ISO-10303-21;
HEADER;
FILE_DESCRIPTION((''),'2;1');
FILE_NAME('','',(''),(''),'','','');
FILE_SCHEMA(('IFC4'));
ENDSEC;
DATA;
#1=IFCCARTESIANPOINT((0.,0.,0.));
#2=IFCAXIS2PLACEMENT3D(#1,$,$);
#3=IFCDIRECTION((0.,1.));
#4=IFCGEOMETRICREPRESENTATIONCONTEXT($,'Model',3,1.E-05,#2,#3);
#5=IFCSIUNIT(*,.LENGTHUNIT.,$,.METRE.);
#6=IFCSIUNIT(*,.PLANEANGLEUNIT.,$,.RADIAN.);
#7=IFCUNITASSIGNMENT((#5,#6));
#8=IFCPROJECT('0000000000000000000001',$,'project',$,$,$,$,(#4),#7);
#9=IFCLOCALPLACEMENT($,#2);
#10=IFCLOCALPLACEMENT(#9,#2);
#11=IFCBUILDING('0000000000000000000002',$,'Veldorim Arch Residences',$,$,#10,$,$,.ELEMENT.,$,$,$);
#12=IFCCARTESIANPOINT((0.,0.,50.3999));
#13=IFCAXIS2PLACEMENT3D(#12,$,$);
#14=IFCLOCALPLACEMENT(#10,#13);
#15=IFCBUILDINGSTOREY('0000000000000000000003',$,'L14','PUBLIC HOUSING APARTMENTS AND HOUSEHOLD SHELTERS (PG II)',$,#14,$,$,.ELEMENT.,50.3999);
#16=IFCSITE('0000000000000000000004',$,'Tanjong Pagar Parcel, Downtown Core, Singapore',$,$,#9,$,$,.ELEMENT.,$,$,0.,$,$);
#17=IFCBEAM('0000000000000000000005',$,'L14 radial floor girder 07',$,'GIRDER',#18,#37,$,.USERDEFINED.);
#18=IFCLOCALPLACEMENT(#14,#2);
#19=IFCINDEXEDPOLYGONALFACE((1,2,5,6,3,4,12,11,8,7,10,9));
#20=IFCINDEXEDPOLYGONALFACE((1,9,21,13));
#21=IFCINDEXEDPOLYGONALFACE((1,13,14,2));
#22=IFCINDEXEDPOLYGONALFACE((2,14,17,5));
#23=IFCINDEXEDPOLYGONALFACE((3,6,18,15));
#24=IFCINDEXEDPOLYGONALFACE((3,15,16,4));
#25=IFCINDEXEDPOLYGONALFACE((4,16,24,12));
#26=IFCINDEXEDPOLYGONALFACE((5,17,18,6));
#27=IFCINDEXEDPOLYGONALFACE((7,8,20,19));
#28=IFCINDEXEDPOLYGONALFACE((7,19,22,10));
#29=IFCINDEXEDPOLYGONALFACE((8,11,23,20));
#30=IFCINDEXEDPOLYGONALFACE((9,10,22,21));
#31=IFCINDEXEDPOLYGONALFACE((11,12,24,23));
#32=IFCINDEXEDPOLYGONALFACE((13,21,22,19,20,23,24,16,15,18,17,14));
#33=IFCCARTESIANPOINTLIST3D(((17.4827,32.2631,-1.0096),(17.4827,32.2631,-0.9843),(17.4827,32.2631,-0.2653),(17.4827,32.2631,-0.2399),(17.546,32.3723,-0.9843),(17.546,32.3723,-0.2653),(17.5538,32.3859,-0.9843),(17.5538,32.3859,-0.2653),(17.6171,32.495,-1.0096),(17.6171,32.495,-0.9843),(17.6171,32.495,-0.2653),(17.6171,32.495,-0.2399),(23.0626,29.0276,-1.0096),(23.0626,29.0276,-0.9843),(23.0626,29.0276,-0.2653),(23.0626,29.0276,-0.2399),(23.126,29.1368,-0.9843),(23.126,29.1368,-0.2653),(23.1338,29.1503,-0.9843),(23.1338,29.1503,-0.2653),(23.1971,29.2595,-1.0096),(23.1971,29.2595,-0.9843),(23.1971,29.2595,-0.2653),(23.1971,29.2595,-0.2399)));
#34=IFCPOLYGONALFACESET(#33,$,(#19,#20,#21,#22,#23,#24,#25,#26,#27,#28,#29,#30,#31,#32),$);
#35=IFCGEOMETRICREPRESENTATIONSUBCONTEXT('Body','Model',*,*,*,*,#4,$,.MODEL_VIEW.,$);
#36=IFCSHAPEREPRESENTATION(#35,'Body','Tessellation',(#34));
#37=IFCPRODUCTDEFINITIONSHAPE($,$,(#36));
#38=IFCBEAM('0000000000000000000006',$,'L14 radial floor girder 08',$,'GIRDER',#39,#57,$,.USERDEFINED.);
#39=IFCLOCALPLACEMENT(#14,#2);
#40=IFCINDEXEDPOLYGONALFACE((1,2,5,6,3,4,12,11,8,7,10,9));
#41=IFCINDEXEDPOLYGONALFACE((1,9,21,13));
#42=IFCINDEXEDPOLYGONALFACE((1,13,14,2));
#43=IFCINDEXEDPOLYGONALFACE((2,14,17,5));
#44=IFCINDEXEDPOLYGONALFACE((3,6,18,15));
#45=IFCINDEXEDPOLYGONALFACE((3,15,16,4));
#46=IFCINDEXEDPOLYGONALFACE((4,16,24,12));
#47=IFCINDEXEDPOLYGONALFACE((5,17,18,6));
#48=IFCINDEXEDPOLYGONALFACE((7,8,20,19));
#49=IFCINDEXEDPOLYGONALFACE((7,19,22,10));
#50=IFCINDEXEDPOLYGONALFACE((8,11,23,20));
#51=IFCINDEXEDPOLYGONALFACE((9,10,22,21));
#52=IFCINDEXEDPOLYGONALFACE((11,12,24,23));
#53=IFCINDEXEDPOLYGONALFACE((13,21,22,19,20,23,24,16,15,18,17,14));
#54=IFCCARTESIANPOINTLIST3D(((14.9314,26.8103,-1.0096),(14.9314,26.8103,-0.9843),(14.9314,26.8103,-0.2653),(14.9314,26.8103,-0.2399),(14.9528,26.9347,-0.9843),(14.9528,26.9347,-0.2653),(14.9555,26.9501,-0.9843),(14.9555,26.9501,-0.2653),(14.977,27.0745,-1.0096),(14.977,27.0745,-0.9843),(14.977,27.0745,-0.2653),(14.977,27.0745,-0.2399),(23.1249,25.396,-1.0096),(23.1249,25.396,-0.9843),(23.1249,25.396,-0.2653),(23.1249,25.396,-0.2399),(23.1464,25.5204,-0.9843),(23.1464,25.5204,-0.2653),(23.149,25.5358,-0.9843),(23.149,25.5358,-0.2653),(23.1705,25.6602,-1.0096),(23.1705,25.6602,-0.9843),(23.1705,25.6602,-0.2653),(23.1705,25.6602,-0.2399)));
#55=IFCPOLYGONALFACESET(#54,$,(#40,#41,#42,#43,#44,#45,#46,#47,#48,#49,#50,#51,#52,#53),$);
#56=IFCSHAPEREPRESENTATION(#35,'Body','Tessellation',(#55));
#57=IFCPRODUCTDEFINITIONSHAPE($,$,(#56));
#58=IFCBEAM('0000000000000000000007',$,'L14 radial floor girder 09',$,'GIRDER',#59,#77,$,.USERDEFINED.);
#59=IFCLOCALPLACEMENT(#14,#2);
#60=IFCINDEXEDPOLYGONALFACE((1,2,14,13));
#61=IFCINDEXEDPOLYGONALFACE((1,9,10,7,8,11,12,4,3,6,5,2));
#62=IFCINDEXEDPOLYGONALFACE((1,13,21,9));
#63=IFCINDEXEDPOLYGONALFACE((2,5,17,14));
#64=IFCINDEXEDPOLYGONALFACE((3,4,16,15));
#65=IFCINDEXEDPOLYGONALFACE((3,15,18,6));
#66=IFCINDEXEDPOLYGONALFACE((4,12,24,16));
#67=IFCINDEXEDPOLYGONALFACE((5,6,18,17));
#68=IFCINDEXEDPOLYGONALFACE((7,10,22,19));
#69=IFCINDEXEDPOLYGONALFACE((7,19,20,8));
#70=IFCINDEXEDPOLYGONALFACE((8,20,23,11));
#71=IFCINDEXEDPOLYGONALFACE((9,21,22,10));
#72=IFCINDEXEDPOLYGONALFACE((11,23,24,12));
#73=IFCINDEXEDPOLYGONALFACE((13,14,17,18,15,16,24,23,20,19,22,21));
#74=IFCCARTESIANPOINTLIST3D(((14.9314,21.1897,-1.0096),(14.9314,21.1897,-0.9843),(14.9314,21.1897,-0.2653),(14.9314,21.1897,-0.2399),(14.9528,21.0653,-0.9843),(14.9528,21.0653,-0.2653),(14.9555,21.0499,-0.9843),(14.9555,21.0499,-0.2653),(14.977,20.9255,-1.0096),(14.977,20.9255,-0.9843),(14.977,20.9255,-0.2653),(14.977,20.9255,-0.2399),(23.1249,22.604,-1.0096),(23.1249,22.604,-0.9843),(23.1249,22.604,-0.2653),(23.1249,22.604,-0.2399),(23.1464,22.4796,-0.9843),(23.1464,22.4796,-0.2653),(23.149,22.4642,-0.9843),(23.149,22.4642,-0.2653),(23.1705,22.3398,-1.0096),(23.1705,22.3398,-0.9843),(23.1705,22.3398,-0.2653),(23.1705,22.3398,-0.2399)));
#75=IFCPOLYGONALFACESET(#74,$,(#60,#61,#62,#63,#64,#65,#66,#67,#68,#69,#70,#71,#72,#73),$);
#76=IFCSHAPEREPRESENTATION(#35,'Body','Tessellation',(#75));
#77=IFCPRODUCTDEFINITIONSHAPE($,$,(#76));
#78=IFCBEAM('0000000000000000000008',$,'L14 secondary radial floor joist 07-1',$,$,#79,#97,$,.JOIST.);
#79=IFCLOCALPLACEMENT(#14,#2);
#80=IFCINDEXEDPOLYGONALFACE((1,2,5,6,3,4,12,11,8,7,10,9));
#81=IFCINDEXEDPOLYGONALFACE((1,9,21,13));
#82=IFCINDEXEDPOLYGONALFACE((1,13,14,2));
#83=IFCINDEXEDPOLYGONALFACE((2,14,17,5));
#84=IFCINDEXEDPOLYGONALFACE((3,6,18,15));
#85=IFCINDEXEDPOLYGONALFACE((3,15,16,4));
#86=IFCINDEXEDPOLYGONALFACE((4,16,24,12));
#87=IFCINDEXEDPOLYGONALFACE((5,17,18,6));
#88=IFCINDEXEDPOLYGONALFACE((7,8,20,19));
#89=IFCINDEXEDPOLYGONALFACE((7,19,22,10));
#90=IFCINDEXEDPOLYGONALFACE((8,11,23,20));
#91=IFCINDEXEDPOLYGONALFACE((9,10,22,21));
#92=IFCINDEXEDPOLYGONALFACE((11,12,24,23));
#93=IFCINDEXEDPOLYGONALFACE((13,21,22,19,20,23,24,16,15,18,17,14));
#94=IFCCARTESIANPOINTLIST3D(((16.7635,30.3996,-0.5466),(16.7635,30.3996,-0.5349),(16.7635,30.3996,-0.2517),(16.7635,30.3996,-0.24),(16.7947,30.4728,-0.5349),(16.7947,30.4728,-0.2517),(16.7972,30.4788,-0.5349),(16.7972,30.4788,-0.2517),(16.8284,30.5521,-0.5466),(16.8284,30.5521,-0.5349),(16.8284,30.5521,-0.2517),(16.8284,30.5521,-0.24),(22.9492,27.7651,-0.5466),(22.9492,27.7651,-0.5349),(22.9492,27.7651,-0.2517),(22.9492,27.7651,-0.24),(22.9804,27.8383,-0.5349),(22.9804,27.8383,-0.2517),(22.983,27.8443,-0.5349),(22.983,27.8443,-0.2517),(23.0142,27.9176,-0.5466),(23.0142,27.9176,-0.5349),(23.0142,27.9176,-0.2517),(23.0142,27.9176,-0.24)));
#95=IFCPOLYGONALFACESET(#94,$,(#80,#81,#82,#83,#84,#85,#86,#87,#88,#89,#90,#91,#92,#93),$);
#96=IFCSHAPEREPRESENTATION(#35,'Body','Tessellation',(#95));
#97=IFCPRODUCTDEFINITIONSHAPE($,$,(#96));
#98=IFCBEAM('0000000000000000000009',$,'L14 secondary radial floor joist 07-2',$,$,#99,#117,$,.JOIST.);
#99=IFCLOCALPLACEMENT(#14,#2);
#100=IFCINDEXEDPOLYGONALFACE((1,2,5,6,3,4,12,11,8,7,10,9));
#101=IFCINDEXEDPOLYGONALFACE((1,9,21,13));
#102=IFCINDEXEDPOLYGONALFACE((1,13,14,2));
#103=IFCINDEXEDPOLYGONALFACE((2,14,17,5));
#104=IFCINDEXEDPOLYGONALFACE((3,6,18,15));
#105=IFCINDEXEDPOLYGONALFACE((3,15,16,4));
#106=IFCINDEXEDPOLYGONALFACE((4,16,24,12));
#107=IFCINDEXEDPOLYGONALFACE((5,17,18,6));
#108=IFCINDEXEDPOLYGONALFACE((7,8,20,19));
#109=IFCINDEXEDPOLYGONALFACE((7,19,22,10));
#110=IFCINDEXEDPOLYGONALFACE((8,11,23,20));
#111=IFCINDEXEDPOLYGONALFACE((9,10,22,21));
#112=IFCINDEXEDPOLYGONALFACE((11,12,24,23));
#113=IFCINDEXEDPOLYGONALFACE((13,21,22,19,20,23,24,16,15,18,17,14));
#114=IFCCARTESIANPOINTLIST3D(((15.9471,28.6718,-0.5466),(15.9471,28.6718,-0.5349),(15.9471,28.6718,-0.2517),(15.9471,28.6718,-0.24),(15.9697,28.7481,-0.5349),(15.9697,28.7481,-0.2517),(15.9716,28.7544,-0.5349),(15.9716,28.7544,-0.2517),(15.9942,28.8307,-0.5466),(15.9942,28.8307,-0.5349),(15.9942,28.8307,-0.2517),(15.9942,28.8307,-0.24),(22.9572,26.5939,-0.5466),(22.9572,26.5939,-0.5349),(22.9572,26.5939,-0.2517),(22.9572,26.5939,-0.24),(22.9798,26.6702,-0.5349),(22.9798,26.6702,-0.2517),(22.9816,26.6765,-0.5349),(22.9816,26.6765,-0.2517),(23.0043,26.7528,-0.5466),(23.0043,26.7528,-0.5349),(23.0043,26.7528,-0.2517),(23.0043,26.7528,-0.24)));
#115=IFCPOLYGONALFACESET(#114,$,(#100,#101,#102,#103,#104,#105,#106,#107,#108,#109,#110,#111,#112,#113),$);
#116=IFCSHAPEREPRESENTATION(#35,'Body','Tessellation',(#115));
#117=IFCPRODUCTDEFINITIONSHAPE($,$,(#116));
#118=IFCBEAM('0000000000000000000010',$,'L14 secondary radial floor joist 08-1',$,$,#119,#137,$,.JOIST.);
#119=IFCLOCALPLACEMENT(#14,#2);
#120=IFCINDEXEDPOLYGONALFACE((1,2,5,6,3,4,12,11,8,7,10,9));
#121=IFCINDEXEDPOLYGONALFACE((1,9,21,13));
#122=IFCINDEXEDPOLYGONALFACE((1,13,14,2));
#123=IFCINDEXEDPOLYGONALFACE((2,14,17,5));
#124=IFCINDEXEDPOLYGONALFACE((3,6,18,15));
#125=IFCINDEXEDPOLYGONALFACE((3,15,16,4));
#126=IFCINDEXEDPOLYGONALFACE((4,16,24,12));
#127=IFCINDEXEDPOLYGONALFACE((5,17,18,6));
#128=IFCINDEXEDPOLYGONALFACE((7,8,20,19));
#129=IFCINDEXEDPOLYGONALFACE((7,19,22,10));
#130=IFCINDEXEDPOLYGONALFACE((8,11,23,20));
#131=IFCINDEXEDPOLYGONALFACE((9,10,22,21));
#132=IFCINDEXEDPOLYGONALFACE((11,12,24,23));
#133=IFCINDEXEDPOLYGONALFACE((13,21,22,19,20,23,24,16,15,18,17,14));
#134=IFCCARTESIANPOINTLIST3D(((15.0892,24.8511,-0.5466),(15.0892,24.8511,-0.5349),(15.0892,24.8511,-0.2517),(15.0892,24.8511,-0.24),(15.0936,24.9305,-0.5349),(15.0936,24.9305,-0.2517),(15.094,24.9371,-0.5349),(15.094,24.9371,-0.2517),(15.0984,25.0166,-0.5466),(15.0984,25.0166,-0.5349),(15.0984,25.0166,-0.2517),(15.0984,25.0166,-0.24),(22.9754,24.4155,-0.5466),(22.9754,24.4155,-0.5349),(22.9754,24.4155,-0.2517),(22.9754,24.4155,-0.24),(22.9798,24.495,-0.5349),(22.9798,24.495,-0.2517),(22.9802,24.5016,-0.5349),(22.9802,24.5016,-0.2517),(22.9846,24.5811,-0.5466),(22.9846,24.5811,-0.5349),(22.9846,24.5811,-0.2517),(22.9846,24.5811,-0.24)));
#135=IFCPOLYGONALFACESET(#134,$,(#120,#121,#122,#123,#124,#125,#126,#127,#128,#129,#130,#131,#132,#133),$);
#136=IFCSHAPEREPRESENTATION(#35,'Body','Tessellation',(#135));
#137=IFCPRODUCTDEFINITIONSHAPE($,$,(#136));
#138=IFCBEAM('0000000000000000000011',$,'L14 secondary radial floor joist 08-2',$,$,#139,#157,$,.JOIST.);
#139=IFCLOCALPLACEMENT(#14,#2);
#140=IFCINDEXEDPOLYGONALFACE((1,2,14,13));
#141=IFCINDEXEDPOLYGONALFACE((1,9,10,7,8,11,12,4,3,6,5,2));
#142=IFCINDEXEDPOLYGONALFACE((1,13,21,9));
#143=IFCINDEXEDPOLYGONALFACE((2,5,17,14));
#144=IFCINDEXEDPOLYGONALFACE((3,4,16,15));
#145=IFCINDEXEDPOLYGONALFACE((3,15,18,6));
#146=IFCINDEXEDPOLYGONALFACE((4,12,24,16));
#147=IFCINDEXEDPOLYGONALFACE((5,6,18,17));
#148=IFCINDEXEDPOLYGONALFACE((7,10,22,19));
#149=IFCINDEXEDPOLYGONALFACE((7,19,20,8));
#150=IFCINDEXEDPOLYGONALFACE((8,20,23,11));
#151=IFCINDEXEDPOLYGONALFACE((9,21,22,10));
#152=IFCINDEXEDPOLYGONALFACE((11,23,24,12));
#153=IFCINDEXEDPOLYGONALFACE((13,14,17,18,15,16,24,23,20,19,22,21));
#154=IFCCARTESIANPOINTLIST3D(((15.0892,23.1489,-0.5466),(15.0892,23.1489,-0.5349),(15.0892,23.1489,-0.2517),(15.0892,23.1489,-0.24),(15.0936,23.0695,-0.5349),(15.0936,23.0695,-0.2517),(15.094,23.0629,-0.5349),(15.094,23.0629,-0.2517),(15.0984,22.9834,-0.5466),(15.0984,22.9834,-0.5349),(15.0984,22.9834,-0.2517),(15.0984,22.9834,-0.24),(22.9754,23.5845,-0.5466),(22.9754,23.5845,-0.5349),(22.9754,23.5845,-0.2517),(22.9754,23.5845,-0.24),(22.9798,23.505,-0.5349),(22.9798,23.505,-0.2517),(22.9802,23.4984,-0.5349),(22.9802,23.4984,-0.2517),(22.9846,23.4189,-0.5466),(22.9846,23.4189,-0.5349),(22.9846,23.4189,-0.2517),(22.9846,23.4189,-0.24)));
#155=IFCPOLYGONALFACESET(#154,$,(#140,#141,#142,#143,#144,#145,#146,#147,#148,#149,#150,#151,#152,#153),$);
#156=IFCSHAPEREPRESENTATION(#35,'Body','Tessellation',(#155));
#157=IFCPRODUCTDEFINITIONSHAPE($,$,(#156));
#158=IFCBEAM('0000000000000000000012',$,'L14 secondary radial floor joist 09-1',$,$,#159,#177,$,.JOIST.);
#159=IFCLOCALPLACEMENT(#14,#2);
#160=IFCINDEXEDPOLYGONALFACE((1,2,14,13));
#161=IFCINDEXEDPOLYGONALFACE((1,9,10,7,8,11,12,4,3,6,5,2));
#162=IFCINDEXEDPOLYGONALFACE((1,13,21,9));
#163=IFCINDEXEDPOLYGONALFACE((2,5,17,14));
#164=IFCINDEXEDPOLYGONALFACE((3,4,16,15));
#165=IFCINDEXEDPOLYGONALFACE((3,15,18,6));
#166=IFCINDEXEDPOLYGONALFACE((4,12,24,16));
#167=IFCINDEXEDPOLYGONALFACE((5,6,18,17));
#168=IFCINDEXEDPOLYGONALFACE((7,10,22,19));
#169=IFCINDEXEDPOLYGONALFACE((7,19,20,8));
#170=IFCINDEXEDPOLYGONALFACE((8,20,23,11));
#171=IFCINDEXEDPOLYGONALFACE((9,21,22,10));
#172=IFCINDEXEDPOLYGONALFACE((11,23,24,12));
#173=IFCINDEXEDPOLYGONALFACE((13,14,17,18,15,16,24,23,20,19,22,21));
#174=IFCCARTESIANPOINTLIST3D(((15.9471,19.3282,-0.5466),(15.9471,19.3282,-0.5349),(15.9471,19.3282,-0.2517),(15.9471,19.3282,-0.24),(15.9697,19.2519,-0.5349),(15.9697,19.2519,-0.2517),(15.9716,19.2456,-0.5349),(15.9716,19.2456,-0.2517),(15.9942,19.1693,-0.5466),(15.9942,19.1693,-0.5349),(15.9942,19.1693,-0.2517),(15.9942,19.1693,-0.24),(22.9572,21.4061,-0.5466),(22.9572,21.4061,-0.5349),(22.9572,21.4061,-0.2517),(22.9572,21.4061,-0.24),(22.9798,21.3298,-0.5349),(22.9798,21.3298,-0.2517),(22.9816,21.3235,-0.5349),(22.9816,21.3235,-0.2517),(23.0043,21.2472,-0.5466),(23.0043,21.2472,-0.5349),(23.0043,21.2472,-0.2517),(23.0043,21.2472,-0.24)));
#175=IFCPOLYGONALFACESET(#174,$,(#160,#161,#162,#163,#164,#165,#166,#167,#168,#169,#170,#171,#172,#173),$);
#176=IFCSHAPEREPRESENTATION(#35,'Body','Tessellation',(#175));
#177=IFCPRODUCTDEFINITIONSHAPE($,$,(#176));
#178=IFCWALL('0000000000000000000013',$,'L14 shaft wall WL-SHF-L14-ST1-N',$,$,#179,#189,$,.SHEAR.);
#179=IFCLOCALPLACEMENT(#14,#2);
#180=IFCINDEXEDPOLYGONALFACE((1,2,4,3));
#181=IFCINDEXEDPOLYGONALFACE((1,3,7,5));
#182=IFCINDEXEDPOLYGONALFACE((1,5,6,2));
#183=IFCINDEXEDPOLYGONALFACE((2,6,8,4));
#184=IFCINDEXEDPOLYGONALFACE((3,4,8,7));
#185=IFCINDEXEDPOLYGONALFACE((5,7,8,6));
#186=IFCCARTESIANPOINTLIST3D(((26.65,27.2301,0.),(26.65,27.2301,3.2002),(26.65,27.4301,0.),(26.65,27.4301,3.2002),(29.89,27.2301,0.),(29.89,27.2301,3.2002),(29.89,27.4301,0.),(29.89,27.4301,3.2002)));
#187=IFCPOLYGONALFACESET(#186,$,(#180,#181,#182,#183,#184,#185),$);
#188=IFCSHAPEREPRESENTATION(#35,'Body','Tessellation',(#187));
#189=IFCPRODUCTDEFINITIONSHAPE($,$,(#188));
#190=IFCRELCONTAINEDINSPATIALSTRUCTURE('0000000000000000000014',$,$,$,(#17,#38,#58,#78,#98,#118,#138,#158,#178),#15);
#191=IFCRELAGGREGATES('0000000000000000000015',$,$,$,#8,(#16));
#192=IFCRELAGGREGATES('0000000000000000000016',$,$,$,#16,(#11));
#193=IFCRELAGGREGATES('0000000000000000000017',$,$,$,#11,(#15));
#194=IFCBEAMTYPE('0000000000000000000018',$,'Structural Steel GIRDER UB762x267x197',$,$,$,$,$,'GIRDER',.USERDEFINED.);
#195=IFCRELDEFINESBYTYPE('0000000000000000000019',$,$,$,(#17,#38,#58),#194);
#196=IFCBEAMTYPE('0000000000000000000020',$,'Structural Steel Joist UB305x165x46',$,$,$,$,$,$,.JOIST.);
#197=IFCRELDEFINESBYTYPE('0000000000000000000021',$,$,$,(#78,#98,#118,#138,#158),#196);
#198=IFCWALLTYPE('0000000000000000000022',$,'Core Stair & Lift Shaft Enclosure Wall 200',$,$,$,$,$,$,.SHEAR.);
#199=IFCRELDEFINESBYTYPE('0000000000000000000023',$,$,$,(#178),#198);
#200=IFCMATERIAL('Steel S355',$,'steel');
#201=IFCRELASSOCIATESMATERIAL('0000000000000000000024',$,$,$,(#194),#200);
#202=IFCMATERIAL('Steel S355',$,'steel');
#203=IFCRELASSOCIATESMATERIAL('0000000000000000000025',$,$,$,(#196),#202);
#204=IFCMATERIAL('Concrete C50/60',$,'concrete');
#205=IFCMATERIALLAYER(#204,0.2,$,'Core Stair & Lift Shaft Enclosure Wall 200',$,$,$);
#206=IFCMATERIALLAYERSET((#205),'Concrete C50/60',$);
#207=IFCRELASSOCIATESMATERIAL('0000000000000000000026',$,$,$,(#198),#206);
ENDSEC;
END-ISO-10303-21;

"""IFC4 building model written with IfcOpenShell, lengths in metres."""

from ifc_helpers import new_model, si_unit, direction, frame, frame_2d, origin, origin_2d, place, context, subcontext, project, spatial, rectangle, i_section, extrude, material, layer, layer_set, material_profile, profile_set, type_object, element, save


model = new_model("IFC4")

# Units and contexts
model_context = context("Model", 3, precision=1e-05, world=origin(), true_north=direction((0.0, 1.0)))
body_context = subcontext(model_context, "Body", "Model", "MODEL_VIEW")
ifc_project = project(units=[si_unit("LENGTHUNIT", "METRE"), si_unit("PLANEANGLEUNIT", "RADIAN")], contexts=[model_context])

# Site, building, storey
site_placement = place(None, origin())
site = spatial("IfcSite", under=ifc_project, at=site_placement, Name="Tanjong Pagar Parcel, Downtown Core, Singapore", CompositionType="ELEMENT", RefElevation=0.0)
building_placement = place(site_placement, origin())
building = spatial("IfcBuilding", under=site, at=building_placement, Name="Veldorim Arch Residences", CompositionType="ELEMENT")
storey_placement = place(building_placement, frame((0.0, 0.0, 50.3999)))
storey = spatial("IfcBuildingStorey", under=building, at=storey_placement, Name="L14", Description="PUBLIC HOUSING APARTMENTS AND HOUSEHOLD SHELTERS (PG II)", CompositionType="ELEMENT", Elevation=50.3999)

# Beams
ifc_material_1 = material(Name="Steel S355", Category="steel")
ifc_material_profile_1 = material_profile(ifc_material_1, i_section(OverallWidth=0.2681, OverallDepth=0.7698, WebThickness=0.0156, FlangeThickness=0.0254, at=origin_2d()), Name="UB762x267x197")
ifc_profile_set_1 = profile_set([ifc_material_profile_1], Name="Steel S355")
beam_type_1 = type_object("IfcBeamType", Name="Structural Steel GIRDER UB762x267x197", ElementType="GIRDER", PredefinedType="USERDEFINED", material=ifc_profile_set_1)
beam_1_placement = place(storey_placement, frame((23.1299, 29.1436, -0.6248), z_axis=(-0.865088, 0.50162, 0.0), x_axis=(-0.50162, -0.865088, 0.0)))
element("IfcBeam", 1, at=beam_1_placement, inside=storey, type_object=beam_type_1, Name="L14 radial floor girder 07", ObjectType="GIRDER", PredefinedType="USERDEFINED", context=body_context, shape_type="SweptSolid", body=[
    extrude(i_section(OverallWidth=0.2681, OverallDepth=0.7698, WebThickness=0.0156, FlangeThickness=0.0254, at=origin_2d()), origin(), (0.0, 0.0, 1.0), 6.4502),
])
for number, where, z_axis, x_axis, name in (
    (2, (23.1477, 25.5281, -0.6248), (-0.985428, 0.170096, 0.0), (-0.170096, -0.985428, 0.0), "L14 radial floor girder 08"),
    (3, (23.1477, 22.4719, -0.6248), (-0.985428, -0.170096, 0.0), (0.170096, -0.985428, 0.0), "L14 radial floor girder 09"),
):
    element("IfcBeam", number, at=place(storey_placement, frame(where, z_axis=z_axis, x_axis=x_axis)), inside=storey, type_object=beam_type_1, Name=name, ObjectType="GIRDER", PredefinedType="USERDEFINED", context=body_context, shape_type="SweptSolid", body=[
        extrude(i_section(OverallWidth=0.2681, OverallDepth=0.7698, WebThickness=0.0156, FlangeThickness=0.0254, at=origin_2d()), origin(), (0.0, 0.0, 1.0), 8.3147),
    ])
ifc_material_2 = material(Name="Steel S355", Category="steel")
ifc_material_profile_2 = material_profile(ifc_material_2, i_section(OverallWidth=0.1658, OverallDepth=0.3066, WebThickness=0.0066, FlangeThickness=0.0117, at=origin_2d()), Name="UB305x165x46")
ifc_profile_set_2 = profile_set([ifc_material_profile_2], Name="Steel S355")
beam_type_2 = type_object("IfcBeamType", Name="Structural Steel Joist UB305x165x46", PredefinedType="JOIST", material=ifc_profile_set_2)
beam_2_placement = place(storey_placement, frame((22.9817, 27.8413, -0.3933), z_axis=(-0.920033, 0.391841, 0.0), x_axis=(-0.391841, -0.920033, 0.0)))
element("IfcBeam", 4, at=beam_2_placement, inside=storey, type_object=beam_type_2, Name="L14 secondary radial floor joist 07-1", PredefinedType="JOIST", context=body_context, shape_type="SweptSolid", body=[
    extrude(i_section(OverallWidth=0.1658, OverallDepth=0.3066, WebThickness=0.0066, FlangeThickness=0.0117, at=origin_2d()), origin(), (0.0, 0.0, 1.0), 6.7234),
])
beam_3_placement = place(storey_placement, frame((22.9807, 26.6733, -0.3933), z_axis=(-0.958767, 0.284194, 0.0), x_axis=(-0.284194, -0.958767, 0.0)))
element("IfcBeam", 5, at=beam_3_placement, inside=storey, type_object=beam_type_2, Name="L14 secondary radial floor joist 07-2", PredefinedType="JOIST", context=body_context, shape_type="SweptSolid", body=[
    extrude(i_section(OverallWidth=0.1658, OverallDepth=0.3066, WebThickness=0.0066, FlangeThickness=0.0117, at=origin_2d()), origin(), (0.0, 0.0, 1.0), 7.3115),
])
for number, where, z_axis, x_axis, name in (
    (6, (22.98, 24.4983, -0.3933), (-0.998478, 0.055145, 0.0), (-0.055145, -0.998478, 0.0), "L14 secondary radial floor joist 08-1"),
    (7, (22.98, 23.5017, -0.3933), (-0.998478, -0.055145, 0.0), (0.055145, -0.998478, 0.0), "L14 secondary radial floor joist 08-2"),
):
    element("IfcBeam", number, at=place(storey_placement, frame(where, z_axis=z_axis, x_axis=x_axis)), inside=storey, type_object=beam_type_2, Name=name, PredefinedType="JOIST", context=body_context, shape_type="SweptSolid", body=[
        extrude(i_section(OverallWidth=0.1658, OverallDepth=0.3066, WebThickness=0.0066, FlangeThickness=0.0117, at=origin_2d()), origin(), (0.0, 0.0, 1.0), 7.8982),
    ])
beam_4_placement = place(storey_placement, frame((22.9807, 21.3267, -0.3933), z_axis=(-0.958767, -0.284194, 0.0), x_axis=(0.284194, -0.958767, 0.0)))
element("IfcBeam", 8, at=beam_4_placement, inside=storey, type_object=beam_type_2, Name="L14 secondary radial floor joist 09-1", PredefinedType="JOIST", context=body_context, shape_type="SweptSolid", body=[
    extrude(i_section(OverallWidth=0.1658, OverallDepth=0.3066, WebThickness=0.0066, FlangeThickness=0.0117, at=origin_2d()), origin(), (0.0, 0.0, 1.0), 7.3115),
])

# Wall
ifc_material_3 = material(Name="Concrete C50/60", Category="concrete")
ifc_layer = layer(ifc_material_3, 0.2, Name="Core Stair & Lift Shaft Enclosure Wall 200")
ifc_layer_set = layer_set([ifc_layer], Name="Concrete C50/60")
wall_type = type_object("IfcWallType", Name="Core Stair & Lift Shaft Enclosure Wall 200", PredefinedType="SHEAR", material=ifc_layer_set)
wall_1_placement = place(storey_placement, frame((26.6499, 27.3301, 0.0), z_axis=(0.0, 0.0, 1.0), x_axis=(1.0, 0.0, 0.0)))
element("IfcWall", 9, at=wall_1_placement, inside=storey, type_object=wall_type, Name="L14 shaft wall WL-SHF-L14-ST1-N", PredefinedType="SHEAR", context=body_context, shape_type="SweptSolid", body=[
    extrude(rectangle(XDim=3.24, YDim=0.2, at=frame_2d((1.6201, 0.0))), origin(), (0.0, 0.0, 1.0), 3.2002),
])

save(model, "model.ifc")
